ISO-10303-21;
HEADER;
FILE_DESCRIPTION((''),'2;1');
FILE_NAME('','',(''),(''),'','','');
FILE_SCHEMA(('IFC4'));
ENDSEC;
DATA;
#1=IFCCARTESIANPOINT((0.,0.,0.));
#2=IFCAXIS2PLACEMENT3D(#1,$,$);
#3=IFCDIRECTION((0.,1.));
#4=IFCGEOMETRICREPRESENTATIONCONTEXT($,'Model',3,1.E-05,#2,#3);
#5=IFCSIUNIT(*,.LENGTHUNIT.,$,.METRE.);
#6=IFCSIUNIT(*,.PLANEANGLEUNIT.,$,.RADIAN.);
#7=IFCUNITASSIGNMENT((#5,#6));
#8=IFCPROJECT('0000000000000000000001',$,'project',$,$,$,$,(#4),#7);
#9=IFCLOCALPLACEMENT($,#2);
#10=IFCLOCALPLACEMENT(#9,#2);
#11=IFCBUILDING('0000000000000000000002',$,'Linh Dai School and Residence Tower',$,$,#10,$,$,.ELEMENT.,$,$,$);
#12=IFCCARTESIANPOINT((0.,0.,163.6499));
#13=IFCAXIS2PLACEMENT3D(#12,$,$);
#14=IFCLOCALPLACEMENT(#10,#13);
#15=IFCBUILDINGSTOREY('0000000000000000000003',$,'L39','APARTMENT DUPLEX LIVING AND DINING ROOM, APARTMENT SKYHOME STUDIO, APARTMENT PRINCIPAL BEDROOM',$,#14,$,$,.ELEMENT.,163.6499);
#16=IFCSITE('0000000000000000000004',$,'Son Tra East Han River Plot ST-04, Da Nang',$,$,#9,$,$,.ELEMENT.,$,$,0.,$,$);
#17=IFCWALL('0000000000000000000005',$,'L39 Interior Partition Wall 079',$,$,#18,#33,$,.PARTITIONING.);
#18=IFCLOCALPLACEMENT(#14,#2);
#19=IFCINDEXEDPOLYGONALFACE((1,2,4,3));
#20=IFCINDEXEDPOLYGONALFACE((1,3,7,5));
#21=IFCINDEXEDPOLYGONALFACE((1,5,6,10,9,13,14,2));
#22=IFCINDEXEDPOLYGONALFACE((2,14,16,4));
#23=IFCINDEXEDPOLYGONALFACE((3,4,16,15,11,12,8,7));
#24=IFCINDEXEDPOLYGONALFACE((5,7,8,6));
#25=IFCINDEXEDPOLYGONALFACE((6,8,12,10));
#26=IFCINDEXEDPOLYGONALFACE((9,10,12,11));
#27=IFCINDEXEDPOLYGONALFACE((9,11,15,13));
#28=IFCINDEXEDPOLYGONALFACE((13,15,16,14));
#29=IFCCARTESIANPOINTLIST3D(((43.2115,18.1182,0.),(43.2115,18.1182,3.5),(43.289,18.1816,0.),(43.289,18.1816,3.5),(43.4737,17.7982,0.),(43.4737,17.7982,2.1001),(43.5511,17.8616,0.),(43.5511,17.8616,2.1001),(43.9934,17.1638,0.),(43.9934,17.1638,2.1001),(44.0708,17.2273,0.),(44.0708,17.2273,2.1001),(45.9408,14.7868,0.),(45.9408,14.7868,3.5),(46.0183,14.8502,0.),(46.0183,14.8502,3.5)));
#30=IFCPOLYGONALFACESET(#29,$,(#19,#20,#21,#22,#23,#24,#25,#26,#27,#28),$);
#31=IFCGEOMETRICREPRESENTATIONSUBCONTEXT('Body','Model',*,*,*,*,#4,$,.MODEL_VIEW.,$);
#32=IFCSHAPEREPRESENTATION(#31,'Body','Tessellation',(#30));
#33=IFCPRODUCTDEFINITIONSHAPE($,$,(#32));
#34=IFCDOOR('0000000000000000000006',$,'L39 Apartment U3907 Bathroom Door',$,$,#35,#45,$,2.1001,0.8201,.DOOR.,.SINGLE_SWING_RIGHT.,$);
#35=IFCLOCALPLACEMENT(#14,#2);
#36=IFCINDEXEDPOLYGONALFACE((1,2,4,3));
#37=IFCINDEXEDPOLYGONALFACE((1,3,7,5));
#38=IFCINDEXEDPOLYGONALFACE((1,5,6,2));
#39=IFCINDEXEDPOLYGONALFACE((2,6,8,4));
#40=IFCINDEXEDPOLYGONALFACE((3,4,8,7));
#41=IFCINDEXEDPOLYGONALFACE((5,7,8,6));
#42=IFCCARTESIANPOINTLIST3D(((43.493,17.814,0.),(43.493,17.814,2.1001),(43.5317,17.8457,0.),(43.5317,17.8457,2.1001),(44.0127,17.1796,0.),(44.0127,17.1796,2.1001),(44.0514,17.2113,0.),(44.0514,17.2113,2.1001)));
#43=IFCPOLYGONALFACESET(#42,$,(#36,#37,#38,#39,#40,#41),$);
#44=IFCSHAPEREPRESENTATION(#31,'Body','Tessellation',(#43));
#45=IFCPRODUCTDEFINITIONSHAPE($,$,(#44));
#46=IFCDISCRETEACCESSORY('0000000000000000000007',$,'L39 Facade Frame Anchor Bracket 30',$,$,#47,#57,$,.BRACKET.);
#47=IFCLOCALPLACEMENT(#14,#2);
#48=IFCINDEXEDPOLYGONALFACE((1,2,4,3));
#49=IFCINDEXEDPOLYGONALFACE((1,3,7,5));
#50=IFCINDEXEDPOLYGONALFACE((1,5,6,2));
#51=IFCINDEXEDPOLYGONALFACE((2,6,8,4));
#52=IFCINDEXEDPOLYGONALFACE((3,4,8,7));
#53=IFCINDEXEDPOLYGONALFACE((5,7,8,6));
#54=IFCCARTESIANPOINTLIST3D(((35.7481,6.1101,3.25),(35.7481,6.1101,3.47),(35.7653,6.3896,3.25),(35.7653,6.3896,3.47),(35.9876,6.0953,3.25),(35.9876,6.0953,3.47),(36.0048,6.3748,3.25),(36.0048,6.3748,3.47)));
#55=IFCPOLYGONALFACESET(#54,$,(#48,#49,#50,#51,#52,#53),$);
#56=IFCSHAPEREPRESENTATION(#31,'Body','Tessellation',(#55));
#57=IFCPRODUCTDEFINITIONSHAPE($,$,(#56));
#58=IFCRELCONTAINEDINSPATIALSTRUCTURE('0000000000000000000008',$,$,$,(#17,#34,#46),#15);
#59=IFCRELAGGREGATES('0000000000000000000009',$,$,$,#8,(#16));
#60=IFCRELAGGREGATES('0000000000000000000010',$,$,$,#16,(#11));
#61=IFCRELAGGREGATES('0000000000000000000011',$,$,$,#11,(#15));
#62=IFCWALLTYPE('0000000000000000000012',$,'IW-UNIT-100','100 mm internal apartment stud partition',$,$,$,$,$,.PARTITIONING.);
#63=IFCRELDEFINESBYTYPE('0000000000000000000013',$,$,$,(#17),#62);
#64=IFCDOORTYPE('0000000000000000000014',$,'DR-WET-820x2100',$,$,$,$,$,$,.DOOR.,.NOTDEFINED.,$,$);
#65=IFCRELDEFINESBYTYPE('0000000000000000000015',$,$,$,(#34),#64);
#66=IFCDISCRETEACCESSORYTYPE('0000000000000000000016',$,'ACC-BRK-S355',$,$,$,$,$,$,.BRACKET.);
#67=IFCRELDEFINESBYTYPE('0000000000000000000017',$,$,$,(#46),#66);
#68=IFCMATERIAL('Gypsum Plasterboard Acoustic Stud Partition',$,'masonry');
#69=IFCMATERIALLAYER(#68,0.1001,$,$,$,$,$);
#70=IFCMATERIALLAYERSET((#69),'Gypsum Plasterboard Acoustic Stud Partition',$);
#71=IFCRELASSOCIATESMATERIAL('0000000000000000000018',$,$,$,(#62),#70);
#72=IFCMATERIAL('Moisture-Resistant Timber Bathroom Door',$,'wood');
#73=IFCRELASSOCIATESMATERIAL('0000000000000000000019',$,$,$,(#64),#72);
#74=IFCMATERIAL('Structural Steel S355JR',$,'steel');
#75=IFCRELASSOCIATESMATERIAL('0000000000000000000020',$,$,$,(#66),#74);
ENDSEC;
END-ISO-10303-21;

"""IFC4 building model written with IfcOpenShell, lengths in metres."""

from ifc_helpers import new_model, si_unit, direction, frame, frame_2d, origin, origin_2d, place, context, subcontext, project, spatial, rectangle, extrude, source, transform, mapped, material, layer, layer_set, type_object, element, fill, save


model = new_model("IFC4")

# Units and contexts
model_context = context("Model", 3, precision=1e-05, world=origin(), true_north=direction((0.0, 1.0)))
body_context = subcontext(model_context, "Body", "Model", "MODEL_VIEW")
ifc_project = project(units=[si_unit("LENGTHUNIT", "METRE"), si_unit("PLANEANGLEUNIT", "RADIAN")], contexts=[model_context])

# Site, building, storey
site_placement = place(None, origin())
site = spatial("IfcSite", under=ifc_project, at=site_placement, Name="Son Tra East Han River Plot ST-04, Da Nang", CompositionType="ELEMENT", RefElevation=0.0)
building_placement = place(site_placement, origin())
building = spatial("IfcBuilding", under=site, at=building_placement, Name="Linh Dai School and Residence Tower", CompositionType="ELEMENT")
storey_placement = place(building_placement, frame((0.0, 0.0, 163.6499)))
storey = spatial("IfcBuildingStorey", under=building, at=storey_placement, Name="L39", Description="APARTMENT DUPLEX LIVING AND DINING ROOM, APARTMENT SKYHOME STUDIO, APARTMENT PRINCIPAL BEDROOM", CompositionType="ELEMENT", Elevation=163.6499)

# Shared definitions
ifc_material_1 = material(Name="Structural Steel S355JR", Category="steel")

# Shared definitions
ifc_material_2 = material(Name="Gypsum Plasterboard Acoustic Stud Partition", Category="masonry")
ifc_layer_1 = layer(ifc_material_2, 0.1001)
ifc_layer_set_1 = layer_set([ifc_layer_1], Name="Gypsum Plasterboard Acoustic Stud Partition")
wall_type_1 = type_object("IfcWallType", Name="IW-UNIT-100", Description="100 mm internal apartment stud partition", PredefinedType="PARTITIONING", material=ifc_layer_set_1)

# Wall, opening, door
wall_1_placement = place(storey_placement, frame((43.2502, 18.1499, 0.0), z_axis=(0.0, 0.0, 1.0), x_axis=(0.633744, -0.773543, 0.0)))
wall_1 = element("IfcWall", 1, at=wall_1_placement, inside=storey, type_object=wall_type_1, Name="L39 Interior Partition Wall 079", PredefinedType="PARTITIONING", context=body_context, shape_type="SweptSolid", body=[
    extrude(rectangle(XDim=4.3066, YDim=0.1001, at=frame_2d((2.1533, 0.0))), origin(), (0.0, 0.0, 1.0), 3.5),
])
opening_1_placement = place(wall_1_placement, frame((0.4136, 0.0, 0.0)))
opening_1 = element("IfcOpeningElement", 2, at=opening_1_placement, cuts=wall_1, PredefinedType="OPENING", context=body_context, shape_type="SweptSolid", body=[
    extrude(rectangle(XDim=0.8201, YDim=2.1001, at=origin_2d()), frame((0.4102, 0.0601, 1.05), z_axis=(0.0, -1.0, 0.0), x_axis=(1.0, 0.0, 0.0)), (0.0, 0.0, 1.0), 0.1201),
])
ifc_material_3 = material(Name="Moisture-Resistant Timber Bathroom Door", Category="wood")
door_type_1 = type_object("IfcDoorType", Name="DR-WET-820x2100", OperationType="NOTDEFINED", PredefinedType="DOOR", material=ifc_material_3)
shared_shape_1 = source(origin(), body_context, "Body", "SweptSolid", [
    extrude(rectangle(XDim=0.8201, YDim=2.1001, at=origin_2d()), frame((0.4102, 0.0249, 1.05), z_axis=(0.0, -1.0, 0.0), x_axis=(1.0, 0.0, 0.0)), (0.0, 0.0, 1.0), 0.05),
])
door_1_placement = place(opening_1_placement, origin())
door_1 = element("IfcDoor", 3, at=door_1_placement, inside=storey, type_object=door_type_1, Name="L39 Apartment U3907 Bathroom Door", OperationType="SINGLE_SWING_RIGHT", OverallHeight=2.1001, OverallWidth=0.8201, PredefinedType="DOOR", context=body_context, shape_type="MappedRepresentation", body=[
    mapped(shared_shape_1, transform((0.0, 0.0, 0.0), x_axis=(1.0, 0.0, 0.0), y_axis=(0.0, 1.0, 0.0), z_axis=(0.0, 0.0, 1.0), scale=1.0)),
])
fill(opening_1, door_1)

# Discrete accessory
discrete_accessory_type = type_object("IfcDiscreteAccessoryType", Name="ACC-BRK-S355", PredefinedType="BRACKET", material=ifc_material_1)
shared_shape_2 = source(origin(), body_context, "Body", "SweptSolid", [
    extrude(rectangle(XDim=0.28, YDim=0.24, at=origin_2d()), origin(), (0.0, 0.0, 1.0), 0.22),
])
discrete_accessory_placement = place(storey_placement, frame((35.8765, 6.2424, 3.25), z_axis=(0.0, 0.0, 1.0), x_axis=(-0.061512, -0.998106, 0.0)))
element("IfcDiscreteAccessory", 4, at=discrete_accessory_placement, inside=storey, type_object=discrete_accessory_type, Name="L39 Facade Frame Anchor Bracket 30", PredefinedType="BRACKET", context=body_context, shape_type="MappedRepresentation", body=[
    mapped(shared_shape_2, transform((0.0, 0.0, 0.0), x_axis=(1.0, 0.0, 0.0), y_axis=(0.0, 1.0, 0.0), z_axis=(0.0, 0.0, 1.0), scale=1.0)),
])

save(model, "model.ifc")
